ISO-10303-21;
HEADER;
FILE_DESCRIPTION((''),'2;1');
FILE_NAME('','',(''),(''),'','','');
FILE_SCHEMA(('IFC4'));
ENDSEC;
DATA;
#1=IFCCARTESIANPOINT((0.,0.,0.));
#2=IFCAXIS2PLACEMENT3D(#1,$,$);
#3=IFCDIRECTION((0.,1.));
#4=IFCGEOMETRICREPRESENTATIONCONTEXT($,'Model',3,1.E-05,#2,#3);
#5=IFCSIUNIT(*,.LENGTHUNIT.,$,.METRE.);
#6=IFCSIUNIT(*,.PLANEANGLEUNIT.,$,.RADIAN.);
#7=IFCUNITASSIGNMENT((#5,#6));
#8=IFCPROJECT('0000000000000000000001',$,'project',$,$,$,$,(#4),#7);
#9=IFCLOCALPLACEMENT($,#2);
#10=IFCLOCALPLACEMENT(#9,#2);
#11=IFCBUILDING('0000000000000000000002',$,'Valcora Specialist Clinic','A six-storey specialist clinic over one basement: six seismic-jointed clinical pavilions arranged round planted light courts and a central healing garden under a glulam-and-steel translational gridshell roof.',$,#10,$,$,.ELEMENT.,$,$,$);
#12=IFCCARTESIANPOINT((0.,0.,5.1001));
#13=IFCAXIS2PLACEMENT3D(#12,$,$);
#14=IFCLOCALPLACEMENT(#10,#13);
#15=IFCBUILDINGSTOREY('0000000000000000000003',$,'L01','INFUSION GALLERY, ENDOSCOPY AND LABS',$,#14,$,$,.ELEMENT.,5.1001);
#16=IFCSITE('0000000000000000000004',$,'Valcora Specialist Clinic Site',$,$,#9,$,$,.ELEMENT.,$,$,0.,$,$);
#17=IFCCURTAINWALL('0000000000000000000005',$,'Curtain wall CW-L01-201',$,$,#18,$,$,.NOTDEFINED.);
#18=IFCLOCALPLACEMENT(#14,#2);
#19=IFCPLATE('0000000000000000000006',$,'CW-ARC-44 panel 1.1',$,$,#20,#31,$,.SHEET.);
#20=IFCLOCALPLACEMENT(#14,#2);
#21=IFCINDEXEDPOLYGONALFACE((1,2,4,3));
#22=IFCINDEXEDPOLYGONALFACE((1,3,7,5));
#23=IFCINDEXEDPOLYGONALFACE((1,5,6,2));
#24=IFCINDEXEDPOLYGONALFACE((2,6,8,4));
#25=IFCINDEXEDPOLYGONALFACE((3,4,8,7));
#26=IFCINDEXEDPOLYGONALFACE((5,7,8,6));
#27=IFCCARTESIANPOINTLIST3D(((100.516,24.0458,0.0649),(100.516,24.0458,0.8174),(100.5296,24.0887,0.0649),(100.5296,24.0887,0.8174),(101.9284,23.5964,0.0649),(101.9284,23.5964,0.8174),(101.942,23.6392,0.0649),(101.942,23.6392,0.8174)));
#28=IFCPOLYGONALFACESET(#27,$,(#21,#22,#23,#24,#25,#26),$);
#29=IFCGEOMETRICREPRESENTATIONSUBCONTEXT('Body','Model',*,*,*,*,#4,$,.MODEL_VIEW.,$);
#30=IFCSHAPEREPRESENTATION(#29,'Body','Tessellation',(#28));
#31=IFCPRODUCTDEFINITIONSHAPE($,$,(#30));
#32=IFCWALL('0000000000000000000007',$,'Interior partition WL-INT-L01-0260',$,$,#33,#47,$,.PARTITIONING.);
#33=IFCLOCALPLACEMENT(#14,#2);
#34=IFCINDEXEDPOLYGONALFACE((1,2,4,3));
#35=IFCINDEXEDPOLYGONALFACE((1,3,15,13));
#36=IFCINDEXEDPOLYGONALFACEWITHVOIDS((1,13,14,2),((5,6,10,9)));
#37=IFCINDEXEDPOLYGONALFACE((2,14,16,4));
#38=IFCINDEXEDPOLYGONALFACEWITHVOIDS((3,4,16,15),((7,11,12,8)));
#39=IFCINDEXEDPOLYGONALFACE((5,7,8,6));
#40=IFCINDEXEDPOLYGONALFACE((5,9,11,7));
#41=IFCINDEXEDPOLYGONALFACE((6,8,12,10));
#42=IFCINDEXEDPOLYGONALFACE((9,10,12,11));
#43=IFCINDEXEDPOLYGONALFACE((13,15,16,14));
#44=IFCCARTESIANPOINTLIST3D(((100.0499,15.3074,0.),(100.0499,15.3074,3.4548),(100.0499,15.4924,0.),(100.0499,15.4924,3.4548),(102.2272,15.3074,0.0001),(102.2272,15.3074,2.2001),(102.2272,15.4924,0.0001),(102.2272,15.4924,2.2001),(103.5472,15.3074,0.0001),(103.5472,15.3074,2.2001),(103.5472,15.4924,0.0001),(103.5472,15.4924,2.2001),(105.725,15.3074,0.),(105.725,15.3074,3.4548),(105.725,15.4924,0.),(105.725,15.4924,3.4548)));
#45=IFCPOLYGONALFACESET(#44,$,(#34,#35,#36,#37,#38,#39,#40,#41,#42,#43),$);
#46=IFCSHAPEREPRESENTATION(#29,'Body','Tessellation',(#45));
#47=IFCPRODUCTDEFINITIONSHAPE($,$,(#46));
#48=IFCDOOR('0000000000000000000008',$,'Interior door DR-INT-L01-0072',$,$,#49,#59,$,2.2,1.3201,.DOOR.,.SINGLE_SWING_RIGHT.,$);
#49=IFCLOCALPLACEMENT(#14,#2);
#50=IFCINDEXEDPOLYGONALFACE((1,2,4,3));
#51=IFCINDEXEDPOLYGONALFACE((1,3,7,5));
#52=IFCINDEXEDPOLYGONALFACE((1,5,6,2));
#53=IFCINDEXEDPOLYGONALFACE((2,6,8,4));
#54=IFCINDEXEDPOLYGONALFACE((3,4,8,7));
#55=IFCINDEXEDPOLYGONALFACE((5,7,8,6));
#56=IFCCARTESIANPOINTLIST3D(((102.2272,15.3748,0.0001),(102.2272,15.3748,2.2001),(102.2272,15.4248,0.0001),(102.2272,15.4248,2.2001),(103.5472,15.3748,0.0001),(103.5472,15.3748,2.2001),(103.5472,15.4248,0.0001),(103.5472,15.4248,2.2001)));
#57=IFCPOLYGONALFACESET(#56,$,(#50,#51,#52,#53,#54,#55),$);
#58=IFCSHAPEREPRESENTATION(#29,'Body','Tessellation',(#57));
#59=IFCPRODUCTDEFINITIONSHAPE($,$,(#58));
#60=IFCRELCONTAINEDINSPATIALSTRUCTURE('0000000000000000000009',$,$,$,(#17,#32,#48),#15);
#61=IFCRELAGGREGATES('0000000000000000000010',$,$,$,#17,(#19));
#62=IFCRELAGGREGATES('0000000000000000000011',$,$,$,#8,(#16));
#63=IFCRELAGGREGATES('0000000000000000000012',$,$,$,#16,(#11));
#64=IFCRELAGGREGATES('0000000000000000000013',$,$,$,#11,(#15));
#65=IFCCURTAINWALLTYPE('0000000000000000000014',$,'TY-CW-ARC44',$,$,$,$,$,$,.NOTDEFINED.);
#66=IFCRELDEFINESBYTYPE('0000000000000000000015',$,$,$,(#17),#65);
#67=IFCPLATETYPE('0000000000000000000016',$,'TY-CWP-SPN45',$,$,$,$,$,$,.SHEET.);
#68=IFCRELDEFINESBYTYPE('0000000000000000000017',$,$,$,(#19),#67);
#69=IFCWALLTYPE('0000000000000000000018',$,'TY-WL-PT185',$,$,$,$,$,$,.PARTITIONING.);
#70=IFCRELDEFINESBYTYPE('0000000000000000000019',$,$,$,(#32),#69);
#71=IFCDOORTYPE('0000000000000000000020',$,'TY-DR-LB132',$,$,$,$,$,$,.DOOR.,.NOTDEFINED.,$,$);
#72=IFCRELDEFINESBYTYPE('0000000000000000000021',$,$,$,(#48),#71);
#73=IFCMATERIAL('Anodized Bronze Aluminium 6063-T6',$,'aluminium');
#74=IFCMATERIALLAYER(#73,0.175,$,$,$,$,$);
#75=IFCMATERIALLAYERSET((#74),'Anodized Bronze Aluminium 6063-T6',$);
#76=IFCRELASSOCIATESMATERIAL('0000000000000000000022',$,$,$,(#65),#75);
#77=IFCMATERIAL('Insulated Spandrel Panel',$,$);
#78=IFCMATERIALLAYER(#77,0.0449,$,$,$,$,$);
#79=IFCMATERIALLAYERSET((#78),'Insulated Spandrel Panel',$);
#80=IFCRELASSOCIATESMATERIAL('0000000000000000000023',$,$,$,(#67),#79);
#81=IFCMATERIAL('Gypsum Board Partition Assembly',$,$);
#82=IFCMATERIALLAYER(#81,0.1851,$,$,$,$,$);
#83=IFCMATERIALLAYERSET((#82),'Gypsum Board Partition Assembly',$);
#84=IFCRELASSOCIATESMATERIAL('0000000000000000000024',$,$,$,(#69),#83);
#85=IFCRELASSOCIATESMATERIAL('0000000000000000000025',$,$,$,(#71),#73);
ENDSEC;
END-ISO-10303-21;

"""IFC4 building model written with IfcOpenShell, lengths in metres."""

from ifc_helpers import new_model, si_unit, direction, frame, frame_2d, origin, origin_2d, place, context, subcontext, project, spatial, rectangle, extrude, material, layer, layer_set, type_object, element, fill, aggregate, save


model = new_model("IFC4")

# Units and contexts
model_context = context("Model", 3, precision=1e-05, world=origin(), true_north=direction((0.0, 1.0)))
body_context = subcontext(model_context, "Body", "Model", "MODEL_VIEW")
ifc_project = project(units=[si_unit("LENGTHUNIT", "METRE"), si_unit("PLANEANGLEUNIT", "RADIAN")], contexts=[model_context])

# Site, building, storey
site_placement = place(None, origin())
site = spatial("IfcSite", under=ifc_project, at=site_placement, Name="Valcora Specialist Clinic Site", CompositionType="ELEMENT", RefElevation=0.0)
building_placement = place(site_placement, origin())
building = spatial("IfcBuilding", under=site, at=building_placement, Name="Valcora Specialist Clinic", Description="A six-storey specialist clinic over one basement: six seismic-jointed clinical pavilions arranged round planted light courts and a central healing garden under a glulam-and-steel translational gridshell roof.", CompositionType="ELEMENT")
storey_placement = place(building_placement, frame((0.0, 0.0, 5.1001)))
storey = spatial("IfcBuildingStorey", under=building, at=storey_placement, Name="L01", Description="INFUSION GALLERY, ENDOSCOPY AND LABS", CompositionType="ELEMENT", Elevation=5.1001)

# Shared definitions
ifc_material_1 = material(Name="Anodized Bronze Aluminium 6063-T6", Category="aluminium")
ifc_layer_1 = layer(ifc_material_1, 0.175)
ifc_layer_set_1 = layer_set([ifc_layer_1], Name="Anodized Bronze Aluminium 6063-T6")
curtain_wall_type = type_object("IfcCurtainWallType", Name="TY-CW-ARC44", PredefinedType="NOTDEFINED", material=ifc_layer_set_1)

# Curtain wall
curtain_wall_1_placement = place(storey_placement, origin())
curtain_wall_1 = element("IfcCurtainWall", 1, at=curtain_wall_1_placement, inside=storey, type_object=curtain_wall_type, Name="Curtain wall CW-L01-201", PredefinedType="NOTDEFINED")

# Plate
ifc_material_2 = material(Name="Insulated Spandrel Panel")
ifc_layer_2 = layer(ifc_material_2, 0.0449)
ifc_layer_set_2 = layer_set([ifc_layer_2], Name="Insulated Spandrel Panel")
plate_type_1 = type_object("IfcPlateType", Name="TY-CWP-SPN45", PredefinedType="SHEET", material=ifc_layer_set_2)
plate_1_placement = place(storey_placement, frame((101.229, 23.8425, 0.0649), z_axis=(0.0, 0.0, 1.0), x_axis=(0.952916, -0.303233, 0.0)))
plate_1 = element("IfcPlate", 2, at=plate_1_placement, type_object=plate_type_1, Name="CW-ARC-44 panel 1.1", PredefinedType="SHEET", context=body_context, shape_type="SweptSolid", body=[
    extrude(rectangle(XDim=1.4822, YDim=0.0449, at=origin_2d()), origin(), (0.0, 0.0, 1.0), 0.7524),
])
aggregate(curtain_wall_1, [plate_1])

# Wall, opening, door
ifc_material_3 = material(Name="Gypsum Board Partition Assembly")
ifc_layer_3 = layer(ifc_material_3, 0.1851)
ifc_layer_set_3 = layer_set([ifc_layer_3], Name="Gypsum Board Partition Assembly")
wall_type = type_object("IfcWallType", Name="TY-WL-PT185", PredefinedType="PARTITIONING", material=ifc_layer_set_3)
wall_placement = place(storey_placement, frame((100.05, 15.3999, 0.0), z_axis=(0.0, 0.0, 1.0), x_axis=(1.0, 0.0, 0.0)))
wall = element("IfcWall", 3, at=wall_placement, inside=storey, type_object=wall_type, Name="Interior partition WL-INT-L01-0260", PredefinedType="PARTITIONING", context=body_context, shape_type="SweptSolid", body=[
    extrude(rectangle(XDim=5.675, YDim=0.1851, at=frame_2d((2.8374, 0.0))), origin(), (0.0, 0.0, 1.0), 3.4548),
])
opening_placement = place(wall_placement, frame((2.177, 0.0, 0.0)))
opening = element("IfcOpeningElement", 4, at=opening_placement, cuts=wall, PredefinedType="OPENING", context=body_context, shape_type="SweptSolid", body=[
    extrude(rectangle(XDim=1.3201, YDim=2.2, at=frame_2d((0.6602, 1.1001))), frame((0.0, 0.1025, 0.0), z_axis=(0.0, -1.0, 0.0), x_axis=(1.0, 0.0, 0.0)), (0.0, 0.0, 1.0), 0.2051),
])
door_type = type_object("IfcDoorType", Name="TY-DR-LB132", OperationType="NOTDEFINED", PredefinedType="DOOR", material=ifc_material_1)
door_placement = place(opening_placement, origin())
door = element("IfcDoor", 5, at=door_placement, inside=storey, type_object=door_type, Name="Interior door DR-INT-L01-0072", OperationType="SINGLE_SWING_RIGHT", OverallHeight=2.2, OverallWidth=1.3201, PredefinedType="DOOR", context=body_context, shape_type="SweptSolid", body=[
    extrude(rectangle(XDim=1.3201, YDim=2.2, at=frame_2d((0.6602, 1.1001))), frame((0.0, 0.0249, 0.0), z_axis=(0.0, -1.0, 0.0), x_axis=(1.0, 0.0, 0.0)), (0.0, 0.0, 1.0), 0.05),
])
fill(opening, door)

save(model, "model.ifc")
